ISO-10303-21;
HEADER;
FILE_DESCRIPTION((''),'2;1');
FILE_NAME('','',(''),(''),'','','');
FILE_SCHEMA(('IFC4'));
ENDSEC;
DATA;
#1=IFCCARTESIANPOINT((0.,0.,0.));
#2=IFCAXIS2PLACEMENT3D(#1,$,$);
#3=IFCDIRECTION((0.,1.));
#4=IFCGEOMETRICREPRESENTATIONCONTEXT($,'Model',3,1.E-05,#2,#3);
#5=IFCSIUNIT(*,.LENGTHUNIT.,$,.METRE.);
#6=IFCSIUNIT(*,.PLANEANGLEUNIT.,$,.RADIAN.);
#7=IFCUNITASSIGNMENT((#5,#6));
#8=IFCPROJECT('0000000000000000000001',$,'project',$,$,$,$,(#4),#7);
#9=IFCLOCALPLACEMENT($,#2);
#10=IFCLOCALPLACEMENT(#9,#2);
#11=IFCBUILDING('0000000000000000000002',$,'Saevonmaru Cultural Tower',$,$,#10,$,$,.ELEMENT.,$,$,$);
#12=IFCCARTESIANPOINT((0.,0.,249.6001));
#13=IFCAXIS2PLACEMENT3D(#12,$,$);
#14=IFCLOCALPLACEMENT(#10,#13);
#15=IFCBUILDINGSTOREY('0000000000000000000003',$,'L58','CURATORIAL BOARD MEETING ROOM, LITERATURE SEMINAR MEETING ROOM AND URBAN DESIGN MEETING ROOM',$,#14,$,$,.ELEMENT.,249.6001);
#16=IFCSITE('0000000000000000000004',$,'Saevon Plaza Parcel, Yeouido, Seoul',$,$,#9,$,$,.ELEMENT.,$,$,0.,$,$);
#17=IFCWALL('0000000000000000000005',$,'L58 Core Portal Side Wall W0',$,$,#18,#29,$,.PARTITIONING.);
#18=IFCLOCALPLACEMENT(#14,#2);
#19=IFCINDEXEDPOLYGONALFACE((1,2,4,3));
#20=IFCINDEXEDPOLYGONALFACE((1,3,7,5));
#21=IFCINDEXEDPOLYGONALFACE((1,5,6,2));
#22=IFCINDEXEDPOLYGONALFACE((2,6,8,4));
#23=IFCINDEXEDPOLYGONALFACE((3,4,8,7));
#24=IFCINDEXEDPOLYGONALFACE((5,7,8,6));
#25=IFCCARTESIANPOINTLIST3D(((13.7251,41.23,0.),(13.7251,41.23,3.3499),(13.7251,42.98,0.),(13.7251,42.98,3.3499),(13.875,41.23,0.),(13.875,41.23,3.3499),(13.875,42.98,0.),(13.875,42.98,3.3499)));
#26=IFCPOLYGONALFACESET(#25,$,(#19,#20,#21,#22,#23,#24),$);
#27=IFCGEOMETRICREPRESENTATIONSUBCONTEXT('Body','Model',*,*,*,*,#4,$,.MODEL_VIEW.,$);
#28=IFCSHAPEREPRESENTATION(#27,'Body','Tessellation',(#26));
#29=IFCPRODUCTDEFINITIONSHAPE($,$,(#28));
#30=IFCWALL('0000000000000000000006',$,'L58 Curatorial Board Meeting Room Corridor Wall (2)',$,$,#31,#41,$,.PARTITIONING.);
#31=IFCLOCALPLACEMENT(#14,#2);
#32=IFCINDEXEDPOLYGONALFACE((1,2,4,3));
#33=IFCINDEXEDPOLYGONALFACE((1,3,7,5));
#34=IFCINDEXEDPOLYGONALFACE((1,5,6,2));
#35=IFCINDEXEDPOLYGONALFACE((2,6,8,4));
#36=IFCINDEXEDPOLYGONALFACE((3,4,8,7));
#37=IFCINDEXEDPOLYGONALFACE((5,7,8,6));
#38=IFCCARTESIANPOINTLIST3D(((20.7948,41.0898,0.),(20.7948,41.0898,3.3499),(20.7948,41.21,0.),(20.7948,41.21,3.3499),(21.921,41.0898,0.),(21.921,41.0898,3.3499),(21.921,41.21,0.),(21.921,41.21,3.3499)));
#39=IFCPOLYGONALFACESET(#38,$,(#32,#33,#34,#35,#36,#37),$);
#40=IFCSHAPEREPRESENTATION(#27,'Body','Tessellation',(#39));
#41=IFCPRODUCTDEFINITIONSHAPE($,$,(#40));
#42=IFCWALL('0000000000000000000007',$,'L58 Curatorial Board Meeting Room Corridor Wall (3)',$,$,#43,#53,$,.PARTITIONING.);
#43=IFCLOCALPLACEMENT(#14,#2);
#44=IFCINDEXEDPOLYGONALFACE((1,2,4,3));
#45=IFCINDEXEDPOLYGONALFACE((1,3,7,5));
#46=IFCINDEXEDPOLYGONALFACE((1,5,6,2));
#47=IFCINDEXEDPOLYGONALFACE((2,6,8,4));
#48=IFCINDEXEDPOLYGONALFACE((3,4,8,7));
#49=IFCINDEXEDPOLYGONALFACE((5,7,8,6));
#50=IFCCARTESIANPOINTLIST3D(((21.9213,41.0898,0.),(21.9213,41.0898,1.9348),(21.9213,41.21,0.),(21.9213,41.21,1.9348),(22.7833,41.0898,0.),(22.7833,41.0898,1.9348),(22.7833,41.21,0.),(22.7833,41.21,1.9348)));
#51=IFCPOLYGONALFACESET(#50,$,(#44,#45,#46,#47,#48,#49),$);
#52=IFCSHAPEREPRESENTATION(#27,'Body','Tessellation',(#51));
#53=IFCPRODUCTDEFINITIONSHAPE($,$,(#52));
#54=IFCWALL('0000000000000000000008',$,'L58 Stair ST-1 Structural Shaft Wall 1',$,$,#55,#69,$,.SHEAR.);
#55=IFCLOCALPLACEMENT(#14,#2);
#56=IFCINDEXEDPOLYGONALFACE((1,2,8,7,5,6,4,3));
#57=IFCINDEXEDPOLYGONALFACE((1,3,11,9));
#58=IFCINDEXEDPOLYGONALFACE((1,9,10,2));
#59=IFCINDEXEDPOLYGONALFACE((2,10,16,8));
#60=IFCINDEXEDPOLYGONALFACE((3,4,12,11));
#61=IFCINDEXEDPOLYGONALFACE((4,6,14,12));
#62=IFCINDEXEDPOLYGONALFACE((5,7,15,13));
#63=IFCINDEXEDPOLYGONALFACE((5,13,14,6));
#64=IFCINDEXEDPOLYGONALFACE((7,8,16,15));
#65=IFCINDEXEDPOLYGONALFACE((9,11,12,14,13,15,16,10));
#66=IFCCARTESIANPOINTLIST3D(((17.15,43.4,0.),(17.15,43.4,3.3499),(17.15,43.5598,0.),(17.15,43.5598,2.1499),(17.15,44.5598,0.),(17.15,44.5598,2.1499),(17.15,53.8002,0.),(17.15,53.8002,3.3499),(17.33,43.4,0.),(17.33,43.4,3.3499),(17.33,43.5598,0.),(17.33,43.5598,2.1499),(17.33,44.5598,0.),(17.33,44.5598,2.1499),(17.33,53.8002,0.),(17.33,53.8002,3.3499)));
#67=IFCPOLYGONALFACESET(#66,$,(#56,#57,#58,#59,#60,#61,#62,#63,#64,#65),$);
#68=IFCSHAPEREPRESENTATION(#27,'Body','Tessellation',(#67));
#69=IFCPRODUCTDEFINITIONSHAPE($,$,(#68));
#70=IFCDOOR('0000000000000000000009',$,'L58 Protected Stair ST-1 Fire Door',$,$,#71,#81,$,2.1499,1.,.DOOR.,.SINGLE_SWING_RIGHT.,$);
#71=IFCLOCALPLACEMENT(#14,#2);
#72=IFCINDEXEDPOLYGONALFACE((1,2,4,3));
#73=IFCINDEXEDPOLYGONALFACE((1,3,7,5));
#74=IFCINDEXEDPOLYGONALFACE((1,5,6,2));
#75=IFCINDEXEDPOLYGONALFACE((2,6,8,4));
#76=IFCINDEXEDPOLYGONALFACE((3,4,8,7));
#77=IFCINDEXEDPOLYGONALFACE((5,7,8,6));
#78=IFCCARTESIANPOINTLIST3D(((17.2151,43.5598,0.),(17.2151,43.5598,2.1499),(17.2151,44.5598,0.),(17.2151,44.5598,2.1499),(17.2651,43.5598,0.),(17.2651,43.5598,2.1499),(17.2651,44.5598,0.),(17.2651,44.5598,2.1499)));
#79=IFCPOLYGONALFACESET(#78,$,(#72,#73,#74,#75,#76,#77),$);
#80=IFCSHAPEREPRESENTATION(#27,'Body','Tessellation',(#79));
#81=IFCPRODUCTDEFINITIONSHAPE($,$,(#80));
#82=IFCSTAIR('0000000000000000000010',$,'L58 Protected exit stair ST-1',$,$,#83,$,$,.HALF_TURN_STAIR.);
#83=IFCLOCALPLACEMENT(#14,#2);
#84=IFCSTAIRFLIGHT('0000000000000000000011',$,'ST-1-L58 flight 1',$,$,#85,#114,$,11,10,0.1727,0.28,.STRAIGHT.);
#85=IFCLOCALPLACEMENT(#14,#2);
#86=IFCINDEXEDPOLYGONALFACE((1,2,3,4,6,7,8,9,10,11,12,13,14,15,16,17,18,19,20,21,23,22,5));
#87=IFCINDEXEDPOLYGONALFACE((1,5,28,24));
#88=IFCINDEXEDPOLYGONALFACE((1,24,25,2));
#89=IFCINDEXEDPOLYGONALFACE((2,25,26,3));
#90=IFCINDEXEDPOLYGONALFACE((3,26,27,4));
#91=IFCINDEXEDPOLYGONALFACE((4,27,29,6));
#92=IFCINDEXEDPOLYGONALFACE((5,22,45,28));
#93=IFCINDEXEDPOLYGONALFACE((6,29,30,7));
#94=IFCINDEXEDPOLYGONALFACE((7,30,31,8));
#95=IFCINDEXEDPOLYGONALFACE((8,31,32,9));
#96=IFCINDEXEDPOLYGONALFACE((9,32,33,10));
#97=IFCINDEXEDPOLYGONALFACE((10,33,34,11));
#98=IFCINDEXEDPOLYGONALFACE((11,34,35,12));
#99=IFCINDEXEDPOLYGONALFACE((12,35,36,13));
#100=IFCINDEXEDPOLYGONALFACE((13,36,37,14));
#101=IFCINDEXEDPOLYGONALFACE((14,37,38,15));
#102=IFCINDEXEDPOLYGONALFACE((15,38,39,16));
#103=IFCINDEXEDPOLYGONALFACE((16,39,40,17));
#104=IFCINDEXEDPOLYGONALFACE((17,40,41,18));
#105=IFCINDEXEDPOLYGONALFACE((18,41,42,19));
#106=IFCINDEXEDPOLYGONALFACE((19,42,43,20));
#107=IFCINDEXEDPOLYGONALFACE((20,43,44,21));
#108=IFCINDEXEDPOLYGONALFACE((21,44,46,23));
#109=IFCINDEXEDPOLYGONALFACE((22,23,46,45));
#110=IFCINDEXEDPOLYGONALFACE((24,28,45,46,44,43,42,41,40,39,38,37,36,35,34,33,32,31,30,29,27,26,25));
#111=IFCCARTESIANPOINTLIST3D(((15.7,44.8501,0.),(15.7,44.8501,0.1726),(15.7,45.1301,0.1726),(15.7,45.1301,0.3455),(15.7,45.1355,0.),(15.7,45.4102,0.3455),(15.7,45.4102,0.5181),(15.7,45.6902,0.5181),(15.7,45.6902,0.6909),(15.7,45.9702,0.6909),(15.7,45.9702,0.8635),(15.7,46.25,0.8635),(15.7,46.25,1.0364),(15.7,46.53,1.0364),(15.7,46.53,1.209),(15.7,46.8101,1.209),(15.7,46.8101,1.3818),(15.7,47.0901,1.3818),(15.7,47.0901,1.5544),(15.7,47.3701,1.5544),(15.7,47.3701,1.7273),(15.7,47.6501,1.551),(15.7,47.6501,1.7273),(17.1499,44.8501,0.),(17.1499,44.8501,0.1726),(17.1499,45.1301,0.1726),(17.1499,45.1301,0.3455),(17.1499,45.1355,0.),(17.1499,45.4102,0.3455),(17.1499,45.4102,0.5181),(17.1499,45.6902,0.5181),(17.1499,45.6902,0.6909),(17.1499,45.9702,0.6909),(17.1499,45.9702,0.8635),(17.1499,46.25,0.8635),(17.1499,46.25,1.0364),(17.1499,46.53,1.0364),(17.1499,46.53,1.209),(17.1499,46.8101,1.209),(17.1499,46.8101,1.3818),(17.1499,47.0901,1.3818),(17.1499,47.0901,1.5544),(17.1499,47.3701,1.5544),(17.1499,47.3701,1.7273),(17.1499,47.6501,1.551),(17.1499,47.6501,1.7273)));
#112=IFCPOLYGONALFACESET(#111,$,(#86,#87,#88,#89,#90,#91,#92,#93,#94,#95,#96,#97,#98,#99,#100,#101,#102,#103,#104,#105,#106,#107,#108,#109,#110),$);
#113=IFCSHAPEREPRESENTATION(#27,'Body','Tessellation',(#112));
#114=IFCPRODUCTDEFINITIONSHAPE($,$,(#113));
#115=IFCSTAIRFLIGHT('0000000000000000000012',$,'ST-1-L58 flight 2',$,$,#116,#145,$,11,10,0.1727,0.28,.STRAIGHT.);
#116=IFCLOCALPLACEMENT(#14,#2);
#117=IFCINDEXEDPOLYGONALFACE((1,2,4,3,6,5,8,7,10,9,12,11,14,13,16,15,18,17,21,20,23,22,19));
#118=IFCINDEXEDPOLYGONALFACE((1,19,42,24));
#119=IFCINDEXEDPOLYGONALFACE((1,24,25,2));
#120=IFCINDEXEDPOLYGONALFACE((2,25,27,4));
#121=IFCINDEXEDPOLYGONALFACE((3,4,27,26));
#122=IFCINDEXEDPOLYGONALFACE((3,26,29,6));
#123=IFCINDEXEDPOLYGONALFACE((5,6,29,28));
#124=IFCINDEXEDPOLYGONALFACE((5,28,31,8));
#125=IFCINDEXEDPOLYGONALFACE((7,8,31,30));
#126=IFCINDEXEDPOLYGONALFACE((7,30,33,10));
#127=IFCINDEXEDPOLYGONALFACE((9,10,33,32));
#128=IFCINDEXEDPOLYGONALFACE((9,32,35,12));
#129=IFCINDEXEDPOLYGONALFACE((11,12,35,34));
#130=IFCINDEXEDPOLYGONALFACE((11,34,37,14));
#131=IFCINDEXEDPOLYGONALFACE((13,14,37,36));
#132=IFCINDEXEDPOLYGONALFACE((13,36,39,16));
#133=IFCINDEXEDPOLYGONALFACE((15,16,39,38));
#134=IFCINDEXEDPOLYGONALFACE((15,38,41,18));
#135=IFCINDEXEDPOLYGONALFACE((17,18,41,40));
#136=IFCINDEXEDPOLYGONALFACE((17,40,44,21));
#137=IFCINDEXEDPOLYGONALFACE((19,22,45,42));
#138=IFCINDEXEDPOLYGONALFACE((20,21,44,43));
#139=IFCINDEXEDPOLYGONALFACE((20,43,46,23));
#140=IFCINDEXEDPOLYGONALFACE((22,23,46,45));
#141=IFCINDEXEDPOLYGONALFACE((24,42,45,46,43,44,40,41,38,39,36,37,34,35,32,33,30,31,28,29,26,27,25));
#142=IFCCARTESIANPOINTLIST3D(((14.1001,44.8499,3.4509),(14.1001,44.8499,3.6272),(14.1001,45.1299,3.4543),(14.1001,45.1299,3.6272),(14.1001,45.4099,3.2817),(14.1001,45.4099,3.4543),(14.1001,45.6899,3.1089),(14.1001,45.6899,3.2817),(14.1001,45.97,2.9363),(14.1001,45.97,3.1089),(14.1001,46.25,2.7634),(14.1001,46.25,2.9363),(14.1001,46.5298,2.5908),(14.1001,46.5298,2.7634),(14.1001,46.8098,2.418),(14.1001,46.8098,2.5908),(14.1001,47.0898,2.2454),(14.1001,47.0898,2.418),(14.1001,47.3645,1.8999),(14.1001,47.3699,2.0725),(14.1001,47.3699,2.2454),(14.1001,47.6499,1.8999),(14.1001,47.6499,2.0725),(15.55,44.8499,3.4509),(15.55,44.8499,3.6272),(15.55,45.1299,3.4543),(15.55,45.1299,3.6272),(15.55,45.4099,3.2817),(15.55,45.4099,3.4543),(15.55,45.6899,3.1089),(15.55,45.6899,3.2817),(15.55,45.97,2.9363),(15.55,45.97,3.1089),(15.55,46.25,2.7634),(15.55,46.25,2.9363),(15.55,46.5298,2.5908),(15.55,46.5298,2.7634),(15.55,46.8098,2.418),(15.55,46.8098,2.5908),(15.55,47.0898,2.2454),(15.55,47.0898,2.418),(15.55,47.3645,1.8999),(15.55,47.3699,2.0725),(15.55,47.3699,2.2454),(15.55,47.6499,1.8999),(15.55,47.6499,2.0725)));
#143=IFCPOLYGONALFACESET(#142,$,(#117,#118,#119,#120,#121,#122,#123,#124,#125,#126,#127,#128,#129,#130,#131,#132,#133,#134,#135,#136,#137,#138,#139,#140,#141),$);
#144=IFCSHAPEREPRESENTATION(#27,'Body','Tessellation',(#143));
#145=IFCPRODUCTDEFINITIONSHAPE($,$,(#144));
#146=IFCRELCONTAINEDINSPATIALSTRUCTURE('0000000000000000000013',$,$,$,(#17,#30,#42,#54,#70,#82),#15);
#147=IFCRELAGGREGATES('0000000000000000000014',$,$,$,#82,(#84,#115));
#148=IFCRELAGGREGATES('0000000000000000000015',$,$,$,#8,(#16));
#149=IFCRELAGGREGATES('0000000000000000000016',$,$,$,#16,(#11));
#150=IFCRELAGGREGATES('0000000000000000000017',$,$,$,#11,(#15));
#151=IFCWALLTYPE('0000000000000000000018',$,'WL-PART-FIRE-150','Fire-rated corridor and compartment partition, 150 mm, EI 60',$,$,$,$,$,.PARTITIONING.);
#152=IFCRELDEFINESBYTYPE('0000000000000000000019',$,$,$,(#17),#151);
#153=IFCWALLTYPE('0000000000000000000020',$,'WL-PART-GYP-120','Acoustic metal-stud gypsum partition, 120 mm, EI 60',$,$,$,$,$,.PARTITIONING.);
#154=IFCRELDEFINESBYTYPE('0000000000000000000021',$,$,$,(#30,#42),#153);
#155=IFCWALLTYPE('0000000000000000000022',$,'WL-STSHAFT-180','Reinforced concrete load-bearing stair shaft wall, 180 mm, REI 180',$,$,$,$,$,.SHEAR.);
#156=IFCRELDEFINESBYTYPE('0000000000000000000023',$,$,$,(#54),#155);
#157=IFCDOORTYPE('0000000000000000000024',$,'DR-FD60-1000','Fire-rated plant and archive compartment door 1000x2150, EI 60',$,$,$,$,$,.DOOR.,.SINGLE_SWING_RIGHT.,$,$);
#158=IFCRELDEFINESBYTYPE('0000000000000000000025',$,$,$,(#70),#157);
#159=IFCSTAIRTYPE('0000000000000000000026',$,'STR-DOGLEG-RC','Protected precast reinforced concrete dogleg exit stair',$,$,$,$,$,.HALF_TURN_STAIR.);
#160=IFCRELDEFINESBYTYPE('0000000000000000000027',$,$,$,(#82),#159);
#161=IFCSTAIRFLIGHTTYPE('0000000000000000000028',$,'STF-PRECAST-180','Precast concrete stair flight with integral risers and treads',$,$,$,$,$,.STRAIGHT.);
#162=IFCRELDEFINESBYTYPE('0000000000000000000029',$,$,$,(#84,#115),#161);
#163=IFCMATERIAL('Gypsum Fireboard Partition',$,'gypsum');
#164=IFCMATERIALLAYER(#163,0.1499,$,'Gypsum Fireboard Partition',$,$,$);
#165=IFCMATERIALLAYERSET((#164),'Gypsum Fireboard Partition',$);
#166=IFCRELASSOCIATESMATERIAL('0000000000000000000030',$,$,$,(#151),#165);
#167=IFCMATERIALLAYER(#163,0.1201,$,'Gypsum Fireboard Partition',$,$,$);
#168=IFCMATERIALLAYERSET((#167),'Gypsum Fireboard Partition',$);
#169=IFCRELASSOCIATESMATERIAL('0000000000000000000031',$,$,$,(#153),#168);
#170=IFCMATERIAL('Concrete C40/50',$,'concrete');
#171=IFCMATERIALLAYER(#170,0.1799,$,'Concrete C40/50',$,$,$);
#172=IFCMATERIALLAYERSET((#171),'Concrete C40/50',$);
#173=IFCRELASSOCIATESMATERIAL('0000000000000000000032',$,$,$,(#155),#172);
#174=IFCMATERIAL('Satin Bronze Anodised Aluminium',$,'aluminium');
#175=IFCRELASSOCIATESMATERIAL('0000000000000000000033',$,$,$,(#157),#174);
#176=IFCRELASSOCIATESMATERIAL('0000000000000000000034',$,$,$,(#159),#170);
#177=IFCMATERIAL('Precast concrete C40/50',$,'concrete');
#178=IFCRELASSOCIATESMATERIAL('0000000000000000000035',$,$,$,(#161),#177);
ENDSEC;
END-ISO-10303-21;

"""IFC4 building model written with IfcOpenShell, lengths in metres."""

from ifc_helpers import new_model, si_unit, direction, frame, frame_2d, origin, place, context, subcontext, project, spatial, polyline, rectangle, outline, extrude, material, layer, layer_set, type_object, element, fill, aggregate, save


model = new_model("IFC4")

# Units and contexts
model_context = context("Model", 3, precision=1e-05, world=origin(), true_north=direction((0.0, 1.0)))
body_context = subcontext(model_context, "Body", "Model", "MODEL_VIEW")
ifc_project = project(units=[si_unit("LENGTHUNIT", "METRE"), si_unit("PLANEANGLEUNIT", "RADIAN")], contexts=[model_context])

# Site, building, storey
site_placement = place(None, origin())
site = spatial("IfcSite", under=ifc_project, at=site_placement, Name="Saevon Plaza Parcel, Yeouido, Seoul", CompositionType="ELEMENT", RefElevation=0.0)
building_placement = place(site_placement, origin())
building = spatial("IfcBuilding", under=site, at=building_placement, Name="Saevonmaru Cultural Tower", CompositionType="ELEMENT")
storey_placement = place(building_placement, frame((0.0, 0.0, 249.6001)))
storey = spatial("IfcBuildingStorey", under=building, at=storey_placement, Name="L58", Description="CURATORIAL BOARD MEETING ROOM, LITERATURE SEMINAR MEETING ROOM AND URBAN DESIGN MEETING ROOM", CompositionType="ELEMENT", Elevation=249.6001)

# Shared definitions
ifc_material_1 = material(Name="Satin Bronze Anodised Aluminium", Category="aluminium")

# Shared definitions
ifc_material_2 = material(Name="Gypsum Fireboard Partition", Category="gypsum")

# Walls
ifc_layer_1 = layer(ifc_material_2, 0.1499, Name="Gypsum Fireboard Partition")
ifc_layer_set_1 = layer_set([ifc_layer_1], Name="Gypsum Fireboard Partition")
wall_type_1 = type_object("IfcWallType", Name="WL-PART-FIRE-150", Description="Fire-rated corridor and compartment partition, 150 mm, EI 60", PredefinedType="PARTITIONING", material=ifc_layer_set_1)
wall_1_placement = place(storey_placement, frame((13.8, 41.23, 0.0), z_axis=(0.0, 0.0, 1.0), x_axis=(0.0, 1.0, 0.0)))
element("IfcWall", 1, at=wall_1_placement, inside=storey, type_object=wall_type_1, Name="L58 Core Portal Side Wall W0", PredefinedType="PARTITIONING", context=body_context, shape_type="SweptSolid", body=[
    extrude(rectangle(XDim=1.75, YDim=0.1499, at=frame_2d((0.875, 0.0))), origin(), (0.0, 0.0, 1.0), 3.3499),
])
ifc_layer_2 = layer(ifc_material_2, 0.1201, Name="Gypsum Fireboard Partition")
ifc_layer_set_2 = layer_set([ifc_layer_2], Name="Gypsum Fireboard Partition")
wall_type_2 = type_object("IfcWallType", Name="WL-PART-GYP-120", Description="Acoustic metal-stud gypsum partition, 120 mm, EI 60", PredefinedType="PARTITIONING", material=ifc_layer_set_2)
wall_2_placement = place(storey_placement, frame((20.7949, 41.1499, 0.0), z_axis=(0.0, 0.0, 1.0), x_axis=(1.0, 0.0, 0.0)))
element("IfcWall", 2, at=wall_2_placement, inside=storey, type_object=wall_type_2, Name="L58 Curatorial Board Meeting Room Corridor Wall (2)", PredefinedType="PARTITIONING", context=body_context, shape_type="SweptSolid", body=[
    extrude(rectangle(XDim=1.1262, YDim=0.1201, at=frame_2d((0.563, 0.0))), origin(), (0.0, 0.0, 1.0), 3.3499),
])
wall_3_placement = place(storey_placement, frame((21.9211, 41.1499, 0.0), z_axis=(0.0, 0.0, 1.0), x_axis=(1.0, 0.0, 0.0)))
element("IfcWall", 3, at=wall_3_placement, inside=storey, type_object=wall_type_2, Name="L58 Curatorial Board Meeting Room Corridor Wall (3)", PredefinedType="PARTITIONING", context=body_context, shape_type="SweptSolid", body=[
    extrude(rectangle(XDim=0.8621, YDim=0.1201, at=frame_2d((0.4312, 0.0))), origin(), (0.0, 0.0, 1.0), 1.9348),
])

# Wall, opening, door
ifc_material_3 = material(Name="Concrete C40/50", Category="concrete")
ifc_layer_3 = layer(ifc_material_3, 0.1799, Name="Concrete C40/50")
ifc_layer_set_3 = layer_set([ifc_layer_3], Name="Concrete C40/50")
wall_type_3 = type_object("IfcWallType", Name="WL-STSHAFT-180", Description="Reinforced concrete load-bearing stair shaft wall, 180 mm, REI 180", PredefinedType="SHEAR", material=ifc_layer_set_3)
wall_4_placement = place(storey_placement, frame((17.24, 43.3999, 0.0), z_axis=(0.0, 0.0, 1.0), x_axis=(0.0, 1.0, 0.0)))
wall_4 = element("IfcWall", 4, at=wall_4_placement, inside=storey, type_object=wall_type_3, Name="L58 Stair ST-1 Structural Shaft Wall 1", PredefinedType="SHEAR", context=body_context, shape_type="SweptSolid", body=[
    extrude(rectangle(XDim=10.4001, YDim=0.1799, at=frame_2d((5.2002, 0.0))), origin(), (0.0, 0.0, 1.0), 3.3499),
])
opening_1_placement = place(wall_4_placement, frame((0.1599, 0.0, 0.0)))
opening_1 = element("IfcOpeningElement", 5, at=opening_1_placement, cuts=wall_4, PredefinedType="OPENING", context=body_context, shape_type="SweptSolid", body=[
    extrude(rectangle(XDim=1.0, YDim=2.1499, at=frame_2d((0.5, 1.075))), frame((0.0, 0.1001, 0.0), z_axis=(0.0, -1.0, 0.0), x_axis=(1.0, 0.0, 0.0)), (0.0, 0.0, 1.0), 0.2),
])
door_type_1 = type_object("IfcDoorType", Name="DR-FD60-1000", Description="Fire-rated plant and archive compartment door 1000x2150, EI 60", OperationType="SINGLE_SWING_RIGHT", PredefinedType="DOOR", material=ifc_material_1)
door_1_placement = place(opening_1_placement, origin())
door_1 = element("IfcDoor", 6, at=door_1_placement, inside=storey, type_object=door_type_1, Name="L58 Protected Stair ST-1 Fire Door", OperationType="SINGLE_SWING_RIGHT", OverallHeight=2.1499, OverallWidth=1.0, PredefinedType="DOOR", context=body_context, shape_type="SweptSolid", body=[
    extrude(rectangle(XDim=1.0, YDim=2.1499, at=frame_2d((0.5, 1.075))), frame((0.0, 0.0249, 0.0), z_axis=(0.0, -1.0, 0.0), x_axis=(1.0, 0.0, 0.0)), (0.0, 0.0, 1.0), 0.05),
])
fill(opening_1, door_1)

# Stair, stair flights
stair_type = type_object("IfcStairType", Name="STR-DOGLEG-RC", Description="Protected precast reinforced concrete dogleg exit stair", PredefinedType="HALF_TURN_STAIR", material=ifc_material_3)
stair_placement = place(storey_placement, origin())
stair = element("IfcStair", 7, at=stair_placement, inside=storey, type_object=stair_type, Name="L58 Protected exit stair ST-1", PredefinedType="HALF_TURN_STAIR")
ifc_material_4 = material(Name="Precast concrete C40/50", Category="concrete")
stair_flight_type = type_object("IfcStairFlightType", Name="STF-PRECAST-180", Description="Precast concrete stair flight with integral risers and treads", PredefinedType="STRAIGHT", material=ifc_material_4)
stair_flight_1_placement = place(storey_placement, frame((16.425, 44.8501, 0.0), z_axis=(0.0, 0.0, 1.0), x_axis=(0.0, 1.0, 0.0)))
stair_flight_1 = element("IfcStairFlight", 8, at=stair_flight_1_placement, type_object=stair_flight_type, Name="ST-1-L58 flight 1", NumberOfRisers=11, NumberOfTreads=10, PredefinedType="STRAIGHT", RiserHeight=0.1727, TreadLength=0.28, context=body_context, shape_type="SweptSolid", body=[
    extrude(outline(polyline([(0.0, 0.0), (0.0, 0.1726), (0.28, 0.1726), (0.28, 0.3455), (0.5601, 0.3455), (0.5601, 0.5181), (0.8401, 0.5181), (0.8401, 0.6909), (1.1201, 0.6909), (1.1201, 0.8635), (1.3999, 0.8635), (1.3999, 1.0364), (1.6799, 1.0364), (1.6799, 1.209), (1.96, 1.209), (1.96, 1.3818), (2.24, 1.3818), (2.24, 1.5544), (2.52, 1.5544), (2.52, 1.7273), (2.8, 1.7273), (2.8, 1.8999), (2.8, 1.551), (0.2854, 0.0), (0.0, 0.0)])), frame((0.0, 0.7251, 0.0), z_axis=(0.0, -1.0, 0.0), x_axis=(1.0, 0.0, 0.0)), (0.0, 0.0, 1.0), 1.45),
])
stair_flight_2_placement = place(storey_placement, frame((14.825, 47.6499, 1.8999), z_axis=(0.0, 0.0, 1.0), x_axis=(0.0, -1.0, 0.0)))
stair_flight_2 = element("IfcStairFlight", 9, at=stair_flight_2_placement, type_object=stair_flight_type, Name="ST-1-L58 flight 2", NumberOfRisers=11, NumberOfTreads=10, PredefinedType="STRAIGHT", RiserHeight=0.1727, TreadLength=0.28, context=body_context, shape_type="SweptSolid", body=[
    extrude(outline(polyline([(0.0, 0.0), (0.0, 0.1726), (0.28, 0.1726), (0.28, 0.3455), (0.5601, 0.3455), (0.5601, 0.5181), (0.8401, 0.5181), (0.8401, 0.6909), (1.1201, 0.6909), (1.1201, 0.8635), (1.3999, 0.8635), (1.3999, 1.0364), (1.6799, 1.0364), (1.6799, 1.209), (1.96, 1.209), (1.96, 1.3818), (2.24, 1.3818), (2.24, 1.5544), (2.52, 1.5544), (2.52, 1.7273), (2.8, 1.7273), (2.8, 1.8999), (2.8, 1.551), (0.2854, 0.0), (0.0, 0.0)])), frame((0.0, 0.7251, 0.0), z_axis=(0.0, -1.0, 0.0), x_axis=(1.0, 0.0, 0.0)), (0.0, 0.0, 1.0), 1.45),
])
aggregate(stair, [stair_flight_1, stair_flight_2])

save(model, "model.ifc")
